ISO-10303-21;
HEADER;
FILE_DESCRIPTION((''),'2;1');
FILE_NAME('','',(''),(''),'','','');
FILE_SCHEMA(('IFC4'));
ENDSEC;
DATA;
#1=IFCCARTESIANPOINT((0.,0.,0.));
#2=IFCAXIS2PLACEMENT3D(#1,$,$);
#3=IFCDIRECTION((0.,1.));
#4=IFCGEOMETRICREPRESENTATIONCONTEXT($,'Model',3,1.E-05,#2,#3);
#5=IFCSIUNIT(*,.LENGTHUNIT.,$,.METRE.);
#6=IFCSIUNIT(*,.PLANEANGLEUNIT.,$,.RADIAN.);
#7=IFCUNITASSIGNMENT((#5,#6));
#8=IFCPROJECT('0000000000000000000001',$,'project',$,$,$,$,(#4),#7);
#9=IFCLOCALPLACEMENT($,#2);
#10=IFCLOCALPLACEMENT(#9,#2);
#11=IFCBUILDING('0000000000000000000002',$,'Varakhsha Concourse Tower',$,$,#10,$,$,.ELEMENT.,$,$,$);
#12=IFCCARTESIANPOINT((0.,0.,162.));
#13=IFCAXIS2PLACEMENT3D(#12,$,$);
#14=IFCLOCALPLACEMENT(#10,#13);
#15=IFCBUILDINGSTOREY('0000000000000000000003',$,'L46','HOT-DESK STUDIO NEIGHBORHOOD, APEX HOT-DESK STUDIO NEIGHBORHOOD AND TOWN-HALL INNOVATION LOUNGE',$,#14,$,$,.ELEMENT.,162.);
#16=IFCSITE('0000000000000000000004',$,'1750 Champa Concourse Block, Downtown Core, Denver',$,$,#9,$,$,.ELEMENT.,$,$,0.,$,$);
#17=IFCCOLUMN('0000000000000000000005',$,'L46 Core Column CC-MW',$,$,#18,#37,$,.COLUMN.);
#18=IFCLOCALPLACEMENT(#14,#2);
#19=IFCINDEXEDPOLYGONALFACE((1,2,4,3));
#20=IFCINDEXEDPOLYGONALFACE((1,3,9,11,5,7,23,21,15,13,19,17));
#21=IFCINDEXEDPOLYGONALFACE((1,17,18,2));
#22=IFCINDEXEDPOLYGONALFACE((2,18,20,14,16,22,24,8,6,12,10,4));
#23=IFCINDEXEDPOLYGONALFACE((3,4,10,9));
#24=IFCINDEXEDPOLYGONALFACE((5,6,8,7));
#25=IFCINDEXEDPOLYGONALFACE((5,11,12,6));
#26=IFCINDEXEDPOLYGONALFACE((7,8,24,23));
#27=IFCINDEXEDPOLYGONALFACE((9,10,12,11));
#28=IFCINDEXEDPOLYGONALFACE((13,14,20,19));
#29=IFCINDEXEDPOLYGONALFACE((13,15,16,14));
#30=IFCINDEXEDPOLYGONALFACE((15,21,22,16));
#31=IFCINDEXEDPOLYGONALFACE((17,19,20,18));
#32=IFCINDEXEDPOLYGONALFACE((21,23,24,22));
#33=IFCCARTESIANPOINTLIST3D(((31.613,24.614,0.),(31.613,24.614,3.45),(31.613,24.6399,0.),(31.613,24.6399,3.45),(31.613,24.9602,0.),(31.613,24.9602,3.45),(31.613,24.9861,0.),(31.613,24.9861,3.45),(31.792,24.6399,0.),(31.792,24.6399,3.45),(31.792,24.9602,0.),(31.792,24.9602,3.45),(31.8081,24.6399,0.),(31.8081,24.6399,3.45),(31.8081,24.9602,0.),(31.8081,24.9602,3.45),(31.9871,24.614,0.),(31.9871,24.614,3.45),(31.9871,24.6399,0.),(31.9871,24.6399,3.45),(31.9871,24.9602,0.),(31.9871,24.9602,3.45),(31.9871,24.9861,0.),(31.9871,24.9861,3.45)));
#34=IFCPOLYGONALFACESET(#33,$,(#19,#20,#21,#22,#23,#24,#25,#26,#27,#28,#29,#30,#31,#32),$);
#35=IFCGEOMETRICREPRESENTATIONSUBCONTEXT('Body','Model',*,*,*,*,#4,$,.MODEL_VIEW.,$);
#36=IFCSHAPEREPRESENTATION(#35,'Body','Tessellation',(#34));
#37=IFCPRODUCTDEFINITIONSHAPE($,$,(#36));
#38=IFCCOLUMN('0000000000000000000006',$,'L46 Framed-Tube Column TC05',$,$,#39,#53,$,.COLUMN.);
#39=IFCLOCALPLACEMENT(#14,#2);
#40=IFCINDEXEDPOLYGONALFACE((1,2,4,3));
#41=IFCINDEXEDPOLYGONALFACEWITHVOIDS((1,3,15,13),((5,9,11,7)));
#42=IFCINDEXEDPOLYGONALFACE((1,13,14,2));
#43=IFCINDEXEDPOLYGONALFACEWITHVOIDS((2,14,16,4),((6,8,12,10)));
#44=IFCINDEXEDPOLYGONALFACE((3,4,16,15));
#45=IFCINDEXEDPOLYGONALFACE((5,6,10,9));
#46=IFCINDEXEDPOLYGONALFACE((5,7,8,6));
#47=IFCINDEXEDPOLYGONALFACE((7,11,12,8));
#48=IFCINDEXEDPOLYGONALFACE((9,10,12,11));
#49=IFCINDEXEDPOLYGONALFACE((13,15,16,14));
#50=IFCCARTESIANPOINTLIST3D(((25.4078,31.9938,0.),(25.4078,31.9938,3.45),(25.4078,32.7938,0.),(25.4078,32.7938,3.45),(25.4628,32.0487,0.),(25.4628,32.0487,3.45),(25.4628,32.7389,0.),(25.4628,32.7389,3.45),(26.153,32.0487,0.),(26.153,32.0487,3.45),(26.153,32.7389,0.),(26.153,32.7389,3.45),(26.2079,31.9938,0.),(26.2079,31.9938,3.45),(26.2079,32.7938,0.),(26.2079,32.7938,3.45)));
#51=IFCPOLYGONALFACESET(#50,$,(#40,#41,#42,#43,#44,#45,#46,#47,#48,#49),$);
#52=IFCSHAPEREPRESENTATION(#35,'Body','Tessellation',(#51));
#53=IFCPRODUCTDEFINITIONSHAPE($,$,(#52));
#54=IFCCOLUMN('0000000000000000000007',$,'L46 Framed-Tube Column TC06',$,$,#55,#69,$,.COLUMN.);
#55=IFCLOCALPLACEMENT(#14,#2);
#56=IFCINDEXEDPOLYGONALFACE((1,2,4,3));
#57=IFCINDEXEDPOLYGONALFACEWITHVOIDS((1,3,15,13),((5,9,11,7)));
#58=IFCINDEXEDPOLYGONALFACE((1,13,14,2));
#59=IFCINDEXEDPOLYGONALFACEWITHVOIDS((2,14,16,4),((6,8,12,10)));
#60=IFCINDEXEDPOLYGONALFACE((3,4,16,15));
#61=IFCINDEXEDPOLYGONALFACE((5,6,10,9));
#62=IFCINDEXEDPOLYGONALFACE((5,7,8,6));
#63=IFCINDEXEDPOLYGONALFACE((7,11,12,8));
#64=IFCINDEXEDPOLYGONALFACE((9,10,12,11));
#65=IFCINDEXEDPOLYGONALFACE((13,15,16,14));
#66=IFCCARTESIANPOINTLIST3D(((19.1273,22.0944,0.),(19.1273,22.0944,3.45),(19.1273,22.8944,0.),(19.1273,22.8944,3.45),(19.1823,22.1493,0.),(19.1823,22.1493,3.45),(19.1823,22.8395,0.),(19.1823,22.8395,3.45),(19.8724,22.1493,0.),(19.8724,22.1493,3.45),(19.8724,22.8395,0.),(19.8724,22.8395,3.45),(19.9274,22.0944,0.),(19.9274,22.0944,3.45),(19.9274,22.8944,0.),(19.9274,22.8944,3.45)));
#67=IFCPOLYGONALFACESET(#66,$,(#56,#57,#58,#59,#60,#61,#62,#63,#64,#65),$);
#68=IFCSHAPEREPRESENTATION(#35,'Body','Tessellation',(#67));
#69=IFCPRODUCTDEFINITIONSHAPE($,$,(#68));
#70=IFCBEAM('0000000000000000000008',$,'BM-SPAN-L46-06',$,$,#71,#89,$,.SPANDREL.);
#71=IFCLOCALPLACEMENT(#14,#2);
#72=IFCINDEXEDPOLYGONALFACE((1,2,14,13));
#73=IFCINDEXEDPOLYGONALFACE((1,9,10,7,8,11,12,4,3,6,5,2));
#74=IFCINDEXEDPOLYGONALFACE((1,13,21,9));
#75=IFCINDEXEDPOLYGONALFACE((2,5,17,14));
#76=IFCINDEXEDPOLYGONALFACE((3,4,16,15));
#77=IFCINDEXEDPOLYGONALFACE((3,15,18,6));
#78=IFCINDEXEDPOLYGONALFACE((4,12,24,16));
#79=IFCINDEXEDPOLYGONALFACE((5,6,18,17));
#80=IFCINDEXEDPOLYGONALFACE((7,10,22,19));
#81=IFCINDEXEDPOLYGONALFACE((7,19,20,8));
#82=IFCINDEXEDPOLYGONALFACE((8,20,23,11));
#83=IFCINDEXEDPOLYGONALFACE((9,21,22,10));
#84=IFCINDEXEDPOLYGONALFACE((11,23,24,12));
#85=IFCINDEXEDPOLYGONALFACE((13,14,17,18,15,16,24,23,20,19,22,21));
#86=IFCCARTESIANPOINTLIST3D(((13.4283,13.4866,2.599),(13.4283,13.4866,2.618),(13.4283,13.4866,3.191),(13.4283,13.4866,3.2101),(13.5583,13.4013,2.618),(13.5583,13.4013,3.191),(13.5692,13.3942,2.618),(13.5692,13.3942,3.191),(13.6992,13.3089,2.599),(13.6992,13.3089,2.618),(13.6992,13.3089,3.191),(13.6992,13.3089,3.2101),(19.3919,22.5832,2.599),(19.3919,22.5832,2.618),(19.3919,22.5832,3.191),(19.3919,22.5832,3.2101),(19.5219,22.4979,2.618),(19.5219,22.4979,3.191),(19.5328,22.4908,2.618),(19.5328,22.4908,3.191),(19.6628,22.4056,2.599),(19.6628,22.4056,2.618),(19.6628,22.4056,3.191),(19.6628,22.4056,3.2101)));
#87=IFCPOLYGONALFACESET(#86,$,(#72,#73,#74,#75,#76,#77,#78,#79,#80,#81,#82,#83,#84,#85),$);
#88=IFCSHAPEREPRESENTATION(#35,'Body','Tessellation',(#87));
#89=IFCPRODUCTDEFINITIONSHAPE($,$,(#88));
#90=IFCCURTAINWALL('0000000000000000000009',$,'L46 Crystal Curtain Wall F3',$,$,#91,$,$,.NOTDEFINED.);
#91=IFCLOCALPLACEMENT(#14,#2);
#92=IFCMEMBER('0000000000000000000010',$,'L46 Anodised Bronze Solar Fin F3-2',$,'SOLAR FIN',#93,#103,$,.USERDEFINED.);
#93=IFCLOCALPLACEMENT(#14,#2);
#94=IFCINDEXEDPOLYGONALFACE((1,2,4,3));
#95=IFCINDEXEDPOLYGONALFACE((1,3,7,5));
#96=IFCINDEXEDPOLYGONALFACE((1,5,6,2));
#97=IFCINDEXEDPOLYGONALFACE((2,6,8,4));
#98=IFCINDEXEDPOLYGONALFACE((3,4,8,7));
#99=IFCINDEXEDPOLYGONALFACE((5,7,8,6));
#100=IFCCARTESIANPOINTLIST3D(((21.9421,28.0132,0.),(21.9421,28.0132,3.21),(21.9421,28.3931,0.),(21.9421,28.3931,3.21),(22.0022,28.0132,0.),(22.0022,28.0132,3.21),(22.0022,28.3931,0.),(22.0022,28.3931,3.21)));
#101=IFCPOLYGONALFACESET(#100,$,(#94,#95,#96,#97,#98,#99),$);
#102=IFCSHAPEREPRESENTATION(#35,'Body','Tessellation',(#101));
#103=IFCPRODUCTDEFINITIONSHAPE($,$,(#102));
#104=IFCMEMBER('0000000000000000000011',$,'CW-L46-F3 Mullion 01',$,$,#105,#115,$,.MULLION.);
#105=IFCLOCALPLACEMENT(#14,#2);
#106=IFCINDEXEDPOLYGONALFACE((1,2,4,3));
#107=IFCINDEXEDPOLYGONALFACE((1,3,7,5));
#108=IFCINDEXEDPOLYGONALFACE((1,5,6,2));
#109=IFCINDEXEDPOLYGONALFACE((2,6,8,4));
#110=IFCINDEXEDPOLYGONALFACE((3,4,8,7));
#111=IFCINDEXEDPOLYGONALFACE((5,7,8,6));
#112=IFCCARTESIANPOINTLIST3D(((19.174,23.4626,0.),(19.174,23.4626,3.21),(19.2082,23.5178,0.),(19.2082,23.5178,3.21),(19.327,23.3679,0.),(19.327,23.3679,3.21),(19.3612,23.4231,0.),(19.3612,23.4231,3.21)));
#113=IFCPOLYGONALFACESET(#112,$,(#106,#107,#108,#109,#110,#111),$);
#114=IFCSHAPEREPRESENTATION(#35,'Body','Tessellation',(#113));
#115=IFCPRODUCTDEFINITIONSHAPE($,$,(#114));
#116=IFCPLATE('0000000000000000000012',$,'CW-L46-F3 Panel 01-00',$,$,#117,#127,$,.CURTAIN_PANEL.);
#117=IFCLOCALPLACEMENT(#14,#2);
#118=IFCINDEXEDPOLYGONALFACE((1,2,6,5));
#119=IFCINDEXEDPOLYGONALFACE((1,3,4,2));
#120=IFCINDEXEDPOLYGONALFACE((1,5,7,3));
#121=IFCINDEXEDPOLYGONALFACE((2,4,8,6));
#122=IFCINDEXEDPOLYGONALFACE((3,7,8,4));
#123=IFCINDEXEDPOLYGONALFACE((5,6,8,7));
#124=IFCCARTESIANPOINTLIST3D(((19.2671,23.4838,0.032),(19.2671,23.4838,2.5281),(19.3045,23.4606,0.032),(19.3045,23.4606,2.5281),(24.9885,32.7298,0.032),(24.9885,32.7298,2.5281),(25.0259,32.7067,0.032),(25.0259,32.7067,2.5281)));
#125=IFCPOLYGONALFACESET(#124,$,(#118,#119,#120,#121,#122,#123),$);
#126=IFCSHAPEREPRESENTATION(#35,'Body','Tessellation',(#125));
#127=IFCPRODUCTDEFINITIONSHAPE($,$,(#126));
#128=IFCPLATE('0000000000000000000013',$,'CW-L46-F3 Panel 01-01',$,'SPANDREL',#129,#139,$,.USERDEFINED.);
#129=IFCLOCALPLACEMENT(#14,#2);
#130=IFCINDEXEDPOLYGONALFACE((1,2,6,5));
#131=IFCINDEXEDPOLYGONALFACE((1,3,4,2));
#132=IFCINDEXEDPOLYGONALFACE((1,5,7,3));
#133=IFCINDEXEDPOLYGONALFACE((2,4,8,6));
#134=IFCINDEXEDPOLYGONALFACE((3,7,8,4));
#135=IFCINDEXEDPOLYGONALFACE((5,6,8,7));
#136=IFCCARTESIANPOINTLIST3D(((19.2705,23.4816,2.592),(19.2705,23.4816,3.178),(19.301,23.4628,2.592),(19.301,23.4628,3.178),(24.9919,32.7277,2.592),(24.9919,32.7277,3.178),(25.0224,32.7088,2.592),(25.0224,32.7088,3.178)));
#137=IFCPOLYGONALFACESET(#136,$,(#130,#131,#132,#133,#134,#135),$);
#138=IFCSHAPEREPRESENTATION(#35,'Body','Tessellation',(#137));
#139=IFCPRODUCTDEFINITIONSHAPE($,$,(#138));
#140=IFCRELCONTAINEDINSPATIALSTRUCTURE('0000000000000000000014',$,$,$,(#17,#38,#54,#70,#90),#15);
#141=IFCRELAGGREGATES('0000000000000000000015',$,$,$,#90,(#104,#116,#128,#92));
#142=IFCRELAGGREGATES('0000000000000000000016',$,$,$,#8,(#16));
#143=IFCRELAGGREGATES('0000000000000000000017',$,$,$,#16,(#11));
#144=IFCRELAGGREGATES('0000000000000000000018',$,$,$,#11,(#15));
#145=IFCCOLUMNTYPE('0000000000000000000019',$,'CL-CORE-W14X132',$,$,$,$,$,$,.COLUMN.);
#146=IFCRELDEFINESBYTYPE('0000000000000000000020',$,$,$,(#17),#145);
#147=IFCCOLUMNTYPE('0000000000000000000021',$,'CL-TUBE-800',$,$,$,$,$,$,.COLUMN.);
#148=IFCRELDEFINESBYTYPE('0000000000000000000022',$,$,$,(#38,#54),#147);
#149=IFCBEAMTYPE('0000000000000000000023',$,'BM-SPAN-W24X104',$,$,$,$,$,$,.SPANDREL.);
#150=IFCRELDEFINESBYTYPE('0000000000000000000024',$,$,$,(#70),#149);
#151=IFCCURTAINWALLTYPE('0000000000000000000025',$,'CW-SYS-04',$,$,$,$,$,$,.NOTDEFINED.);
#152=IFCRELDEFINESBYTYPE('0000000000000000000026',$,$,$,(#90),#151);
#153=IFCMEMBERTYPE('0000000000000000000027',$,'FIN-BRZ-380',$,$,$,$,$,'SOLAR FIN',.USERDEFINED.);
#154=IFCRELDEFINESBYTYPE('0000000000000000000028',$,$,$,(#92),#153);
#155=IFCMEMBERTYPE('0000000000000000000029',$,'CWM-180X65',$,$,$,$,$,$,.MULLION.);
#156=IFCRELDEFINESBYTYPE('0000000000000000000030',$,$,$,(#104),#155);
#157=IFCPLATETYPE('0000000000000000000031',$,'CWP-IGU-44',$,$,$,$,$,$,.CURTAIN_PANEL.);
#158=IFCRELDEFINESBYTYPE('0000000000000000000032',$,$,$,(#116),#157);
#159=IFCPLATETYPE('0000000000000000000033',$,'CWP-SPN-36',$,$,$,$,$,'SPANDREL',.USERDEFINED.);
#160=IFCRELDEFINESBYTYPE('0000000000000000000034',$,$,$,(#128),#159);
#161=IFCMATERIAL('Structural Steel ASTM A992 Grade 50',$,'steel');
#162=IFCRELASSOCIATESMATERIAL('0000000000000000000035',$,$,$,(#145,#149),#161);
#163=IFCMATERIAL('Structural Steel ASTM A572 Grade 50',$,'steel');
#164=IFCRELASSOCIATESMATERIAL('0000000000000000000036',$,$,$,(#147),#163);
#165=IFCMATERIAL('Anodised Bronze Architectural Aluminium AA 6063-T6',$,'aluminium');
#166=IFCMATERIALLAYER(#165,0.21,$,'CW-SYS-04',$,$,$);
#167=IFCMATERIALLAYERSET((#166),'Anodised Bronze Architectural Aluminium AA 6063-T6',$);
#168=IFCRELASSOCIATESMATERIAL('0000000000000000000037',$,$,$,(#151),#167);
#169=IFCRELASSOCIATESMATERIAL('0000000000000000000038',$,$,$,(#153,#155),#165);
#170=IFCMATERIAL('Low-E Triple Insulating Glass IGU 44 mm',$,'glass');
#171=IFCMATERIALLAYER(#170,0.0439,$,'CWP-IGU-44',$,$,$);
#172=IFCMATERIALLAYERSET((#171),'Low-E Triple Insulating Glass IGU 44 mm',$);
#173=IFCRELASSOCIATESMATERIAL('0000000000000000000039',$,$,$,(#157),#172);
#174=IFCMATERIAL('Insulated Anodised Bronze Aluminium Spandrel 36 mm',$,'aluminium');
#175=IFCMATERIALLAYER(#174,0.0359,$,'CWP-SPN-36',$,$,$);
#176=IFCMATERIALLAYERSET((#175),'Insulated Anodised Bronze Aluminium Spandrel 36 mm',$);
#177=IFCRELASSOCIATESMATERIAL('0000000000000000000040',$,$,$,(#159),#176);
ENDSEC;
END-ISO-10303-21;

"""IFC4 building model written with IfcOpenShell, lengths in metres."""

from ifc_helpers import new_model, si_unit, direction, frame, origin, origin_2d, place, context, subcontext, project, spatial, rectangle, hollow_rectangle, i_section, extrude, source, transform, mapped, material, layer, layer_set, material_profile, profile_set, type_object, type_shapes, element, aggregate, save


model = new_model("IFC4")

# Units and contexts
model_context = context("Model", 3, precision=1e-05, world=origin(), true_north=direction((0.0, 1.0)))
body_context = subcontext(model_context, "Body", "Model", "MODEL_VIEW")
ifc_project = project(units=[si_unit("LENGTHUNIT", "METRE"), si_unit("PLANEANGLEUNIT", "RADIAN")], contexts=[model_context])

# Site, building, storey
site_placement = place(None, origin())
site = spatial("IfcSite", under=ifc_project, at=site_placement, Name="1750 Champa Concourse Block, Downtown Core, Denver", CompositionType="ELEMENT", RefElevation=0.0)
building_placement = place(site_placement, origin())
building = spatial("IfcBuilding", under=site, at=building_placement, Name="Varakhsha Concourse Tower", CompositionType="ELEMENT")
storey_placement = place(building_placement, frame((0.0, 0.0, 162.0)))
storey = spatial("IfcBuildingStorey", under=building, at=storey_placement, Name="L46", Description="HOT-DESK STUDIO NEIGHBORHOOD, APEX HOT-DESK STUDIO NEIGHBORHOOD AND TOWN-HALL INNOVATION LOUNGE", CompositionType="ELEMENT", Elevation=162.0)

# Columns
ifc_material_1 = material(Name="Structural Steel ASTM A992 Grade 50", Category="steel")
ifc_material_profile_1 = material_profile(ifc_material_1, i_section(OverallWidth=0.374, OverallDepth=0.3721, WebThickness=0.0161, FlangeThickness=0.0259, at=origin_2d()), Name="W14X132")
ifc_profile_set_1 = profile_set([ifc_material_profile_1], Name="Structural Steel ASTM A992 Grade 50")
column_type_1 = type_object("IfcColumnType", Name="CL-CORE-W14X132", PredefinedType="COLUMN", material=ifc_profile_set_1)
column_placement = place(storey_placement, frame((31.8, 24.8, 0.0), z_axis=(0.0, 0.0, 1.0), x_axis=(1.0, 0.0, 0.0)))
element("IfcColumn", 1, at=column_placement, inside=storey, type_object=column_type_1, Name="L46 Core Column CC-MW", PredefinedType="COLUMN", context=body_context, shape_type="SweptSolid", body=[
    extrude(i_section(OverallWidth=0.374, OverallDepth=0.3721, WebThickness=0.0161, FlangeThickness=0.0259, at=origin_2d()), origin(), (0.0, 0.0, 1.0), 3.45),
])
ifc_material_2 = material(Name="Structural Steel ASTM A572 Grade 50", Category="steel")
ifc_material_profile_2 = material_profile(ifc_material_2, hollow_rectangle(XDim=0.8, YDim=0.8, WallThickness=0.0549, at=origin_2d()), Name="BOX 800x800x55")
ifc_profile_set_2 = profile_set([ifc_material_profile_2], Name="Structural Steel ASTM A572 Grade 50")
column_type_2 = type_object("IfcColumnType", Name="CL-TUBE-800", PredefinedType="COLUMN", material=ifc_profile_set_2)
for number, where, z_axis, x_axis, name in (
    (2, (25.8079, 32.3938, 0.0), (0.0, 0.0, 1.0), (1.0, 0.0, 0.0), "L46 Framed-Tube Column TC05"),
    (3, (19.5273, 22.4944, 0.0), (0.0, 0.0, 1.0), (1.0, 0.0, 0.0), "L46 Framed-Tube Column TC06"),
):
    element("IfcColumn", number, at=place(storey_placement, frame(where, z_axis=z_axis, x_axis=x_axis)), inside=storey, type_object=column_type_2, Name=name, PredefinedType="COLUMN", context=body_context, shape_type="SweptSolid", body=[
        extrude(hollow_rectangle(XDim=0.8, YDim=0.8, WallThickness=0.0549, at=origin_2d()), origin(), (0.0, 0.0, 1.0), 3.45),
    ])

# Beam
ifc_material_profile_3 = material_profile(ifc_material_1, i_section(OverallWidth=0.324, OverallDepth=0.6111, WebThickness=0.0129, FlangeThickness=0.019, at=origin_2d()), Name="W24X104")
ifc_profile_set_3 = profile_set([ifc_material_profile_3], Name="Structural Steel ASTM A992 Grade 50")
beam_type = type_object("IfcBeamType", Name="BM-SPAN-W24X104", PredefinedType="SPANDREL", material=ifc_profile_set_3)
beam_placement = place(storey_placement, frame((19.5273, 22.4944, 2.9045), z_axis=(-0.548266, -0.836304, 0.0), x_axis=(0.836304, -0.548266, 0.0)))
element("IfcBeam", 4, at=beam_placement, inside=storey, type_object=beam_type, Name="BM-SPAN-L46-06", PredefinedType="SPANDREL", context=body_context, shape_type="SweptSolid", body=[
    extrude(i_section(OverallWidth=0.324, OverallDepth=0.6111, WebThickness=0.0129, FlangeThickness=0.019, at=origin_2d()), origin(), (0.0, 0.0, 1.0), 10.8772),
])

# Curtain wall, members, plates
ifc_material_3 = material(Name="Anodised Bronze Architectural Aluminium AA 6063-T6", Category="aluminium")
ifc_layer_1 = layer(ifc_material_3, 0.21, Name="CW-SYS-04")
ifc_layer_set_1 = layer_set([ifc_layer_1], Name="Anodised Bronze Architectural Aluminium AA 6063-T6")
curtain_wall_type = type_object("IfcCurtainWallType", Name="CW-SYS-04", PredefinedType="NOTDEFINED", material=ifc_layer_set_1)
curtain_wall_placement = place(storey_placement, origin())
curtain_wall = element("IfcCurtainWall", 5, at=curtain_wall_placement, inside=storey, type_object=curtain_wall_type, Name="L46 Crystal Curtain Wall F3", PredefinedType="NOTDEFINED")
ifc_material_profile_4 = material_profile(ifc_material_3, rectangle(XDim=0.0601, YDim=0.3799, at=origin_2d()), Name="FIN-BRZ-380")
ifc_profile_set_4 = profile_set([ifc_material_profile_4], Name="Anodised Bronze Architectural Aluminium AA 6063-T6")
member_type_1 = type_object("IfcMemberType", Name="FIN-BRZ-380", ElementType="SOLAR FIN", PredefinedType="USERDEFINED", material=ifc_profile_set_4)
shared_shape_1 = source(origin(), body_context, "Body", "SweptSolid", [
    extrude(rectangle(XDim=0.0601, YDim=0.3799, at=origin_2d()), origin(), (0.0, 0.0, 1.0), 3.21),
])
type_shapes(member_type_1, [shared_shape_1])
member_1_placement = place(storey_placement, frame((21.9722, 28.2031, 0.0), z_axis=(0.0, 0.0, 1.0), x_axis=(1.0, 0.0, 0.0)))
member_1 = element("IfcMember", 6, at=member_1_placement, type_object=member_type_1, Name="L46 Anodised Bronze Solar Fin F3-2", ObjectType="SOLAR FIN", PredefinedType="USERDEFINED", context=body_context, shape_type="MappedRepresentation", body=[
    mapped(shared_shape_1, transform((0.0, 0.0, 0.0), scale=1.0)),
])
ifc_material_profile_5 = material_profile(ifc_material_3, rectangle(XDim=0.0649, YDim=0.1799, at=origin_2d()), Name="CWM-180X65")
ifc_profile_set_5 = profile_set([ifc_material_profile_5], Name="Anodised Bronze Architectural Aluminium AA 6063-T6")
member_type_2 = type_object("IfcMemberType", Name="CWM-180X65", PredefinedType="MULLION", material=ifc_profile_set_5)
shared_shape_2 = source(origin(), body_context, "Body", "SweptSolid", [
    extrude(rectangle(XDim=0.0649, YDim=0.1799, at=origin_2d()), origin(), (0.0, 0.0, 1.0), 3.21),
])
type_shapes(member_type_2, [shared_shape_2])
member_2_placement = place(storey_placement, frame((19.2676, 23.4429, 0.0), z_axis=(0.0, 0.0, 1.0), x_axis=(0.526199, 0.850361, 0.0)))
member_2 = element("IfcMember", 7, at=member_2_placement, type_object=member_type_2, Name="CW-L46-F3 Mullion 01", PredefinedType="MULLION", context=body_context, shape_type="MappedRepresentation", body=[
    mapped(shared_shape_2, transform((0.0, 0.0, 0.0), scale=1.0)),
])
ifc_material_4 = material(Name="Low-E Triple Insulating Glass IGU 44 mm", Category="glass")
ifc_layer_2 = layer(ifc_material_4, 0.0439, Name="CWP-IGU-44")
ifc_layer_set_2 = layer_set([ifc_layer_2], Name="Low-E Triple Insulating Glass IGU 44 mm")
plate_type_1 = type_object("IfcPlateType", Name="CWP-IGU-44", PredefinedType="CURTAIN_PANEL", material=ifc_layer_set_2)
shared_shape_3 = source(origin(), body_context, "Body", "SweptSolid", [
    extrude(rectangle(XDim=10.873, YDim=0.0439, at=origin_2d()), origin(), (0.0, 0.0, 1.0), 2.4961),
])
type_shapes(plate_type_1, [shared_shape_3])
plate_1_placement = place(storey_placement, frame((22.1465, 28.0952, 0.032), z_axis=(0.0, 0.0, 1.0), x_axis=(0.526199, 0.850361, 0.0)))
plate_1 = element("IfcPlate", 8, at=plate_1_placement, type_object=plate_type_1, Name="CW-L46-F3 Panel 01-00", PredefinedType="CURTAIN_PANEL", context=body_context, shape_type="MappedRepresentation", body=[
    mapped(shared_shape_3, transform((0.0, 0.0, 0.0), scale=1.0)),
])
ifc_material_5 = material(Name="Insulated Anodised Bronze Aluminium Spandrel 36 mm", Category="aluminium")
ifc_layer_3 = layer(ifc_material_5, 0.0359, Name="CWP-SPN-36")
ifc_layer_set_3 = layer_set([ifc_layer_3], Name="Insulated Anodised Bronze Aluminium Spandrel 36 mm")
plate_type_2 = type_object("IfcPlateType", Name="CWP-SPN-36", ElementType="SPANDREL", PredefinedType="USERDEFINED", material=ifc_layer_set_3)
shared_shape_4 = source(origin(), body_context, "Body", "SweptSolid", [
    extrude(rectangle(XDim=10.873, YDim=0.0359, at=origin_2d()), origin(), (0.0, 0.0, 1.0), 0.5859),
])
type_shapes(plate_type_2, [shared_shape_4])
plate_2_placement = place(storey_placement, frame((22.1465, 28.0952, 2.592), z_axis=(0.0, 0.0, 1.0), x_axis=(0.526199, 0.850361, 0.0)))
plate_2 = element("IfcPlate", 9, at=plate_2_placement, type_object=plate_type_2, Name="CW-L46-F3 Panel 01-01", ObjectType="SPANDREL", PredefinedType="USERDEFINED", context=body_context, shape_type="MappedRepresentation", body=[
    mapped(shared_shape_4, transform((0.0, 0.0, 0.0), scale=1.0)),
])
aggregate(curtain_wall, [member_2, plate_1, plate_2, member_1])

save(model, "model.ifc")
